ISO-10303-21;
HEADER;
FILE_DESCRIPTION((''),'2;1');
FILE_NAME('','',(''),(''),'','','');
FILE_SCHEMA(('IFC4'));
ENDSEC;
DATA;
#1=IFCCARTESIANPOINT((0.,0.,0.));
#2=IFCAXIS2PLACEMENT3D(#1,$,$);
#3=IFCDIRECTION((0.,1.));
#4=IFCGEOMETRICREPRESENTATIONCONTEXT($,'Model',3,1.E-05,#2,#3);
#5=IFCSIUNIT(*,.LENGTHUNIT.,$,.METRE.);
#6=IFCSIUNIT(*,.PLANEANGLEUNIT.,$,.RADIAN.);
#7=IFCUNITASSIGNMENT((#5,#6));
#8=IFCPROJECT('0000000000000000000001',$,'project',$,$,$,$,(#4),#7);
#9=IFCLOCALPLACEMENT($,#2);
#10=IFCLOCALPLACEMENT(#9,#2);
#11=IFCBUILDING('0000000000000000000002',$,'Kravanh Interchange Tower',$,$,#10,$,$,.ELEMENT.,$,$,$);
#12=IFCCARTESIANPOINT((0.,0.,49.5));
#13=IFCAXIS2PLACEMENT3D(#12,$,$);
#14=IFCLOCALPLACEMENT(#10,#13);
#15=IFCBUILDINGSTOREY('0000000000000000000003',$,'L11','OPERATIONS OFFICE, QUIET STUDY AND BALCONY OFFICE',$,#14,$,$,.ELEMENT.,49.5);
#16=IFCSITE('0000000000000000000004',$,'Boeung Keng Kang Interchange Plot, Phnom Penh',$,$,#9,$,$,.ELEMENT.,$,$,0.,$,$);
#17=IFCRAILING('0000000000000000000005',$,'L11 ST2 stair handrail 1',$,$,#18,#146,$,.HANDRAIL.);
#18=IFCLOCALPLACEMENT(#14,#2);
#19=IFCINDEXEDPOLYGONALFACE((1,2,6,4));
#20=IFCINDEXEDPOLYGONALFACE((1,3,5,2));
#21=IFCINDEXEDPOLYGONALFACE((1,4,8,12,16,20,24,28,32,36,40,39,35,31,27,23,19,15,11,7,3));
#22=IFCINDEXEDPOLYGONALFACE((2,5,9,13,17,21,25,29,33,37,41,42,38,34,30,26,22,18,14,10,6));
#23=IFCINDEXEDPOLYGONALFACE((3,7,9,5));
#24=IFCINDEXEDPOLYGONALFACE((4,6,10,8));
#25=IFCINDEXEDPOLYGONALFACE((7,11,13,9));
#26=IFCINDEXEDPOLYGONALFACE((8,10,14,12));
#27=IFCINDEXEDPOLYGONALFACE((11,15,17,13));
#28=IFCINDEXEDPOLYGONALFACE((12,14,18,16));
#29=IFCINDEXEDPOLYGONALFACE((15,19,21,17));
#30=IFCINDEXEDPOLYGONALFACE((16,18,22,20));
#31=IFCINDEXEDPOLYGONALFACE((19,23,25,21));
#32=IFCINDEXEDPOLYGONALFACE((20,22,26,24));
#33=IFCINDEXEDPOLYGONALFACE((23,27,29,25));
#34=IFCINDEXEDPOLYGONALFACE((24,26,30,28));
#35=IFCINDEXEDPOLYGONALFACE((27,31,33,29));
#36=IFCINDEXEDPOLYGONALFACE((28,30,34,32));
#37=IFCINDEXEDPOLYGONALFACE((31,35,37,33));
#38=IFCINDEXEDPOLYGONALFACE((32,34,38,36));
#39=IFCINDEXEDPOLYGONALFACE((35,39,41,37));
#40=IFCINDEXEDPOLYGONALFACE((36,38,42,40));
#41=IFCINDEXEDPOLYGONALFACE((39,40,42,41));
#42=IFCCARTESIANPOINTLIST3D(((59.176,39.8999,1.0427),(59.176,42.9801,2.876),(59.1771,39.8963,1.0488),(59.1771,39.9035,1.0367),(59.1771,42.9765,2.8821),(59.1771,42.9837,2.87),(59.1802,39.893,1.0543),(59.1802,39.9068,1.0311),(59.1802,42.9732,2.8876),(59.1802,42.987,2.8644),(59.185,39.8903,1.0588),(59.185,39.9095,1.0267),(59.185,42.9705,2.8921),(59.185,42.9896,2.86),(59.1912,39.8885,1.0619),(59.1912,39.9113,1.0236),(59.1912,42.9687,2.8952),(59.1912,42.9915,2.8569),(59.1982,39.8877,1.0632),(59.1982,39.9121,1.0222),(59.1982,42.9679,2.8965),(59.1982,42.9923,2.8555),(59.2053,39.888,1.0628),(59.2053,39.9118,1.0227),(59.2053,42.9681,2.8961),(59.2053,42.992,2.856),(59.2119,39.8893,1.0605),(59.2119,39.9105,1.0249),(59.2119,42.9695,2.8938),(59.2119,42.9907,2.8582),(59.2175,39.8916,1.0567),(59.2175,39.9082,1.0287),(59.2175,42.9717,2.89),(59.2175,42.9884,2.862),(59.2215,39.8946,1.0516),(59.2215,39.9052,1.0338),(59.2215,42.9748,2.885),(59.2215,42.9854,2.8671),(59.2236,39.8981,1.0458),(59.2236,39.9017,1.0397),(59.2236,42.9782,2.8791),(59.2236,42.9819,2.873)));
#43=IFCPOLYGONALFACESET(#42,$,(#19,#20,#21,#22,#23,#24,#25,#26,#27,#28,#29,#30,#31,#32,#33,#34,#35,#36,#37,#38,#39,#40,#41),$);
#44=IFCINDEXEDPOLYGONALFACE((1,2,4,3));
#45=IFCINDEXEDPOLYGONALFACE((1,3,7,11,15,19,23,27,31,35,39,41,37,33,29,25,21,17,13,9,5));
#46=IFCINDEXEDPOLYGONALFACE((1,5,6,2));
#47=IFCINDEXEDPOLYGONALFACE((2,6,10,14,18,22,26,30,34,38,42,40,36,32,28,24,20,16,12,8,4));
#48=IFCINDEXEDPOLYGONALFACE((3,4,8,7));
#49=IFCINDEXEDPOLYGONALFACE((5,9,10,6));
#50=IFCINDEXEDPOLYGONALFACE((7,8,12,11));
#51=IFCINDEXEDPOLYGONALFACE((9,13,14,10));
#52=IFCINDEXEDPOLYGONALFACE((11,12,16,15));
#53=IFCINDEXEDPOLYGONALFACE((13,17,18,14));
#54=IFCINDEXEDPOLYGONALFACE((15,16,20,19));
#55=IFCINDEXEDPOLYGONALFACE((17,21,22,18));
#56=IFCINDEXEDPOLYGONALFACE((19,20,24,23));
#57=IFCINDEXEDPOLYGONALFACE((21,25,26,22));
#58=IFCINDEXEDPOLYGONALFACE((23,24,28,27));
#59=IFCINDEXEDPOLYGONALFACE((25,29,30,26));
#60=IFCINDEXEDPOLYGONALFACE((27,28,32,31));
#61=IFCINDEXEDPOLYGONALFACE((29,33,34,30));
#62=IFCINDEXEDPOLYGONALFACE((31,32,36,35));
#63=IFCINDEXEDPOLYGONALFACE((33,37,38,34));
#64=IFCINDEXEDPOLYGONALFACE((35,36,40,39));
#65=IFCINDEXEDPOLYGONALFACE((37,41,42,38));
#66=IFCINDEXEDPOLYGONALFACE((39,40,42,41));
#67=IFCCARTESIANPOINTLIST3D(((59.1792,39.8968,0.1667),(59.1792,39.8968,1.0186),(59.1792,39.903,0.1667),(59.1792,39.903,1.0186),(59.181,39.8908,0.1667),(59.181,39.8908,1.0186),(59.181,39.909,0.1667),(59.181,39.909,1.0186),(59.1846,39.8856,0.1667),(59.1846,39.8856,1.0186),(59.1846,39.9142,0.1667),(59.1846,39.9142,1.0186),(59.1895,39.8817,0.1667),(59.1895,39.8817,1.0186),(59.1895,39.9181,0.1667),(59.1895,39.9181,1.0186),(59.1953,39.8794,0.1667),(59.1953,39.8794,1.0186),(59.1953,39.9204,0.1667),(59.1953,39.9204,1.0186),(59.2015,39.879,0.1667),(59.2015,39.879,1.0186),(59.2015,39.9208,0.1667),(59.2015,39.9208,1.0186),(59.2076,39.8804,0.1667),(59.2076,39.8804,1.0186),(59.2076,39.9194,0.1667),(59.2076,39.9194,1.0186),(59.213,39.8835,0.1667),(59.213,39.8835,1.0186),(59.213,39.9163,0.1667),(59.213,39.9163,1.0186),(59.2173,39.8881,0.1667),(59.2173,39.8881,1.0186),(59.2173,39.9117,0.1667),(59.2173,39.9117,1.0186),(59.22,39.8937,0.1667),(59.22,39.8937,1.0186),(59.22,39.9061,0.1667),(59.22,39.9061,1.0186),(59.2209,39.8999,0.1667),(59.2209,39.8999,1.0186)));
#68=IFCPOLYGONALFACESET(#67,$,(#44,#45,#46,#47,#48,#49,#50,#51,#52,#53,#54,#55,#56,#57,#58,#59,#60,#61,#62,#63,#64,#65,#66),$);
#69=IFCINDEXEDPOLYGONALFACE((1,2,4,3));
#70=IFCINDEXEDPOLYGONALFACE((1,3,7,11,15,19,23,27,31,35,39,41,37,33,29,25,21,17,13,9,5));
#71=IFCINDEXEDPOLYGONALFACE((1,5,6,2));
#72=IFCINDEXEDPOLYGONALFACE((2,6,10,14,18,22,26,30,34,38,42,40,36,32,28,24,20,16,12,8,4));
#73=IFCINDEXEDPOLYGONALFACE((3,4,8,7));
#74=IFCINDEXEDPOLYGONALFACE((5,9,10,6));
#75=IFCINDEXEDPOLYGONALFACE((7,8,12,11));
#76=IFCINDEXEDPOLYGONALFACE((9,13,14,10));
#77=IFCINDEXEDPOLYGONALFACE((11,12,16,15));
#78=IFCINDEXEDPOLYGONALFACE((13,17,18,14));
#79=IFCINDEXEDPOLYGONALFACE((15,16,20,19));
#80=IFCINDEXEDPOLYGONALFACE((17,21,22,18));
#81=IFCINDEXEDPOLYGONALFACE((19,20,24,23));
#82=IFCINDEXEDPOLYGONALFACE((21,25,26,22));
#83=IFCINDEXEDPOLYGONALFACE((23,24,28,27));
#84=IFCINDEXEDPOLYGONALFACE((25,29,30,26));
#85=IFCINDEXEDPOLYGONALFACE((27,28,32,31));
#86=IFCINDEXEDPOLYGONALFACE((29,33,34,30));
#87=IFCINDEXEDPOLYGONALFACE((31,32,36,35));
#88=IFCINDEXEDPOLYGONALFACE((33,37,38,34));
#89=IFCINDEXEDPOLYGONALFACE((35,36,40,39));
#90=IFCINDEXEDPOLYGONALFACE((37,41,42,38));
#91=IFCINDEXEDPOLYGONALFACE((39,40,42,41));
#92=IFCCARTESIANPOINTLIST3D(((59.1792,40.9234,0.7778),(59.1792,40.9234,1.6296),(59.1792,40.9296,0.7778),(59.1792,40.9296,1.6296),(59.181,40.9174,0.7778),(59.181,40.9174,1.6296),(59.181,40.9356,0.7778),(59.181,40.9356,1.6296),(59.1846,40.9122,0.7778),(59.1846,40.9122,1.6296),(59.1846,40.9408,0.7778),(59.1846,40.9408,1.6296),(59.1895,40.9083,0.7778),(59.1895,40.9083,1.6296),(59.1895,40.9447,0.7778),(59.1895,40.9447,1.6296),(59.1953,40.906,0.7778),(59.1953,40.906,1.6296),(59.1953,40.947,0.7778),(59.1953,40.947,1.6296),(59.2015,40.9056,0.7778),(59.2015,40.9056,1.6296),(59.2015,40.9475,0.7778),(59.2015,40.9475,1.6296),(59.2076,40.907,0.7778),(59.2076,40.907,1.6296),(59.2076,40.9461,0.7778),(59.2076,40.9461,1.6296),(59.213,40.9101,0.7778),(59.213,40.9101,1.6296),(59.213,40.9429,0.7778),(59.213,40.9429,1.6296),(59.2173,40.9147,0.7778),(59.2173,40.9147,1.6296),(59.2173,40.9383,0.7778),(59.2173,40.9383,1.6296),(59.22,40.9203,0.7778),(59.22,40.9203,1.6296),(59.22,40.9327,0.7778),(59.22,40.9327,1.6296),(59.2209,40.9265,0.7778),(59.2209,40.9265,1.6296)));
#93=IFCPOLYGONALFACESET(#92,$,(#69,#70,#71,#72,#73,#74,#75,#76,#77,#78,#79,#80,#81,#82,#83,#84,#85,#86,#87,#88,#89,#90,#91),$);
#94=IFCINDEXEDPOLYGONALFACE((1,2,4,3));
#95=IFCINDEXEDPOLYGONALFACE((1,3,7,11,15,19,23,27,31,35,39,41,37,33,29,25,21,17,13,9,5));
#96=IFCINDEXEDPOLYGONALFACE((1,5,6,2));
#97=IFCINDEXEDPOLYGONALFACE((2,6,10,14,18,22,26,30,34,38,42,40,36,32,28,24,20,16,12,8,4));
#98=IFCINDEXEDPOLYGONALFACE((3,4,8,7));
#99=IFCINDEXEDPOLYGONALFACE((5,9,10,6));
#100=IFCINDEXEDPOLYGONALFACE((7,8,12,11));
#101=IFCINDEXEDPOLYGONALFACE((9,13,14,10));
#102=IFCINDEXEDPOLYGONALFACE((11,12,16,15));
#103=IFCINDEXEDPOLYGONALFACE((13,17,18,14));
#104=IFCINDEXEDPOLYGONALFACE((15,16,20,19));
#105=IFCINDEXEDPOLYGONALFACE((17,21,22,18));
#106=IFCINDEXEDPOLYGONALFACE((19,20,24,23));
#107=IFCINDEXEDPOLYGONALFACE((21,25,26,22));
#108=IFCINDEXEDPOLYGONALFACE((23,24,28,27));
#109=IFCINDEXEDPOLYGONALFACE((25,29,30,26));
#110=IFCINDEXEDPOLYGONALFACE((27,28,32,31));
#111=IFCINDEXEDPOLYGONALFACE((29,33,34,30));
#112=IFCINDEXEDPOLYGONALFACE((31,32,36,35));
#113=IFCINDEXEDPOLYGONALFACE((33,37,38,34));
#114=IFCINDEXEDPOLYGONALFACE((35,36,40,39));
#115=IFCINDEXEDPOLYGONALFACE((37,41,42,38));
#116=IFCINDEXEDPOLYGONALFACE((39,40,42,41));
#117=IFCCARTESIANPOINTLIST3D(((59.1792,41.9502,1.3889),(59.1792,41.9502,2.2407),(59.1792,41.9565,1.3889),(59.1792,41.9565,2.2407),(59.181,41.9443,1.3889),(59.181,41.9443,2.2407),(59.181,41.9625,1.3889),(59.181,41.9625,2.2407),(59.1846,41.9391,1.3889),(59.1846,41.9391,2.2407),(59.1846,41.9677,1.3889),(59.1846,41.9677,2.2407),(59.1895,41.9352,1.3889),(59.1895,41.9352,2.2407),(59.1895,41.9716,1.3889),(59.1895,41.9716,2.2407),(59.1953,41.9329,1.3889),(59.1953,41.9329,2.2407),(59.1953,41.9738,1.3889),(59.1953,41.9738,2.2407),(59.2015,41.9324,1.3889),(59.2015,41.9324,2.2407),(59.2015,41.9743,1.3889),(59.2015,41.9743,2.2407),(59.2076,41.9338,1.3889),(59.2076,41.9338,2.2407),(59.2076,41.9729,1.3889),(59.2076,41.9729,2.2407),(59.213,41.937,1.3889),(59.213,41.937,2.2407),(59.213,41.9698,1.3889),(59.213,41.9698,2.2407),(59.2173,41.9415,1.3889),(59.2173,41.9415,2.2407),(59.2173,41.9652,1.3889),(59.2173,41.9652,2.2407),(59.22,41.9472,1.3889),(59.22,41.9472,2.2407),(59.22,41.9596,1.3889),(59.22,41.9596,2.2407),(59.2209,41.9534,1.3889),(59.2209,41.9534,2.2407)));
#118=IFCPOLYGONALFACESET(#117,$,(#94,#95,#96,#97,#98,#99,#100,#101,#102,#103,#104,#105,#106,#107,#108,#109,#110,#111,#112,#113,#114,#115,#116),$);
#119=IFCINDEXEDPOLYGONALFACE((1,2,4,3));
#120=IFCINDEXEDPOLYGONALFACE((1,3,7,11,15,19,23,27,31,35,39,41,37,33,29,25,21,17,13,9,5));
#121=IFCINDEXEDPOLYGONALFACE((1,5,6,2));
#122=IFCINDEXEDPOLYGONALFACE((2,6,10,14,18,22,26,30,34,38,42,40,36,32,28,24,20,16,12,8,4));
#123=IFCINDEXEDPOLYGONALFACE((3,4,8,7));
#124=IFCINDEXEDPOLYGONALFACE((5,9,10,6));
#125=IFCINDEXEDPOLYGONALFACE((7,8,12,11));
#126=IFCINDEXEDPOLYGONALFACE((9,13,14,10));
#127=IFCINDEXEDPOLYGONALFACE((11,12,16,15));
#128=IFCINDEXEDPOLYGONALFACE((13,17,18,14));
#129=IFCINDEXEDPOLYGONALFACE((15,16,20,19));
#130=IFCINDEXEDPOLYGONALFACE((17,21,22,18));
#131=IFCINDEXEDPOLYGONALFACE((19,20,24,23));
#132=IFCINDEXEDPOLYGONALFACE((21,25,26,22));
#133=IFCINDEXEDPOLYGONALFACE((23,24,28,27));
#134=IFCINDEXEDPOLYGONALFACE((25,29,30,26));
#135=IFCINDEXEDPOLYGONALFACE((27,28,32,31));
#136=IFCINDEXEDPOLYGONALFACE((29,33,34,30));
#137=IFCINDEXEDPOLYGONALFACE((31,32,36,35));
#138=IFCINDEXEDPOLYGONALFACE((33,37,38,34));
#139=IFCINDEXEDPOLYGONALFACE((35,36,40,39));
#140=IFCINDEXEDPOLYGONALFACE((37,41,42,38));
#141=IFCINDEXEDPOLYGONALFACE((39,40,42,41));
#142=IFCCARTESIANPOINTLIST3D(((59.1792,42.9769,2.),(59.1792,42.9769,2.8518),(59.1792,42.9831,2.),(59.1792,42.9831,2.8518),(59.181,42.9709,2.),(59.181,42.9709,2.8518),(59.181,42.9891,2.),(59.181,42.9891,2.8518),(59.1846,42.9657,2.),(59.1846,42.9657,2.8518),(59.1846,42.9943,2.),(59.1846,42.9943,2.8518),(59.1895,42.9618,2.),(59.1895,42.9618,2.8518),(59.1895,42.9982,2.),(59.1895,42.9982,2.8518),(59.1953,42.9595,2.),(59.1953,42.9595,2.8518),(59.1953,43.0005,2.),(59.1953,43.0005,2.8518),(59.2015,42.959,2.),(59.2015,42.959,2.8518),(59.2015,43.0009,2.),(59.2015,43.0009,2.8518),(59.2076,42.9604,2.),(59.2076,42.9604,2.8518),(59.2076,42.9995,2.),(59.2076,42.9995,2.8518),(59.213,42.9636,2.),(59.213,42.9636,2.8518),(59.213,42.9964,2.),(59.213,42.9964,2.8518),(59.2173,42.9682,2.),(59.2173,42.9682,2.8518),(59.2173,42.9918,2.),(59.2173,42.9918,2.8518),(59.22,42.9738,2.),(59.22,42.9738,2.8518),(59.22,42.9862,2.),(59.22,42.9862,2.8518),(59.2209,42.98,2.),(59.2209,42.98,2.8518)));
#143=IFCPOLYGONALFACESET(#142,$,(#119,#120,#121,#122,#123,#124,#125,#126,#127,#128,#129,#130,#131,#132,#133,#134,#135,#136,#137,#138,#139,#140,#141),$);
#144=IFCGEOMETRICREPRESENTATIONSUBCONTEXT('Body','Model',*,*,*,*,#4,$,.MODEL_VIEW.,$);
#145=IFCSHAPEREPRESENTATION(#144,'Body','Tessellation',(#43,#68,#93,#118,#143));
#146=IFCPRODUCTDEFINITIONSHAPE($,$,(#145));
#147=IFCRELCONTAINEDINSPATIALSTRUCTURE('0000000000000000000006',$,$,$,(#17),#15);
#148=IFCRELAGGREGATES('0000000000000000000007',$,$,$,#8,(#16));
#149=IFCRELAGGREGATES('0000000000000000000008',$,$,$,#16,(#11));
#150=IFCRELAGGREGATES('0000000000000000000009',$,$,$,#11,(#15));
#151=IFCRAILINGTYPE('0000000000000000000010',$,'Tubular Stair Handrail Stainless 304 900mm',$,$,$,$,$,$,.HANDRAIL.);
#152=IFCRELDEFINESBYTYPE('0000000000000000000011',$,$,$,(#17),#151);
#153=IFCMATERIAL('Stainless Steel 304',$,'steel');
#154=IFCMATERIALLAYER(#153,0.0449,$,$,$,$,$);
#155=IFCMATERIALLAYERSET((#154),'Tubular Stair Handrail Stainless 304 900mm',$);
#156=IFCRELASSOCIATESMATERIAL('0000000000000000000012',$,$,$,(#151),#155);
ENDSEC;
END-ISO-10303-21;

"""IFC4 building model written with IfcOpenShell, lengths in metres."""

from ifc_helpers import new_model, si_unit, direction, frame, origin, origin_2d, place, context, subcontext, project, spatial, circle, extrude, material, layer, layer_set, type_object, element, save


model = new_model("IFC4")

# Units and contexts
model_context = context("Model", 3, precision=1e-05, world=origin(), true_north=direction((0.0, 1.0)))
body_context = subcontext(model_context, "Body", "Model", "MODEL_VIEW")
ifc_project = project(units=[si_unit("LENGTHUNIT", "METRE"), si_unit("PLANEANGLEUNIT", "RADIAN")], contexts=[model_context])

# Site, building, storey
site_placement = place(None, origin())
site = spatial("IfcSite", under=ifc_project, at=site_placement, Name="Boeung Keng Kang Interchange Plot, Phnom Penh", CompositionType="ELEMENT", RefElevation=0.0)
building_placement = place(site_placement, origin())
building = spatial("IfcBuilding", under=site, at=building_placement, Name="Kravanh Interchange Tower", CompositionType="ELEMENT")
storey_placement = place(building_placement, frame((0.0, 0.0, 49.5)))
storey = spatial("IfcBuildingStorey", under=building, at=storey_placement, Name="L11", Description="OPERATIONS OFFICE, QUIET STUDY AND BALCONY OFFICE", CompositionType="ELEMENT", Elevation=49.5)

# Railing
ifc_material_1 = material(Name="Stainless Steel 304", Category="steel")
ifc_layer_1 = layer(ifc_material_1, 0.0449)
ifc_layer_set_1 = layer_set([ifc_layer_1], Name="Tubular Stair Handrail Stainless 304 900mm")
railing_type_1 = type_object("IfcRailingType", Name="Tubular Stair Handrail Stainless 304 900mm", PredefinedType="HANDRAIL", material=ifc_layer_set_1)
railing_1_placement = place(storey_placement, frame((59.2, 39.8999, 0.1667)))
element("IfcRailing", 1, at=railing_1_placement, inside=storey, type_object=railing_type_1, Name="L11 ST2 stair handrail 1", PredefinedType="HANDRAIL", context=body_context, shape_type="SweptSolid", body=[
    extrude(circle(Radius=0.0239, at=origin_2d()), frame((0.0, 0.0, 0.876), z_axis=(0.0, 0.859309, 0.511458), x_axis=(-1.0, 0.0, 0.0)), (0.0, 0.0, 1.0), 3.5845),
    extrude(circle(Radius=0.021, at=origin_2d()), origin(), (0.0, 0.0, 1.0), 0.8518),
    extrude(circle(Radius=0.021, at=origin_2d()), frame((0.0, 1.0266, 0.6111)), (0.0, 0.0, 1.0), 0.8518),
    extrude(circle(Radius=0.021, at=origin_2d()), frame((0.0, 2.0535, 1.2222)), (0.0, 0.0, 1.0), 0.8518),
    extrude(circle(Radius=0.021, at=origin_2d()), frame((0.0, 3.0801, 1.8333)), (0.0, 0.0, 1.0), 0.8518),
])

save(model, "model.ifc")
